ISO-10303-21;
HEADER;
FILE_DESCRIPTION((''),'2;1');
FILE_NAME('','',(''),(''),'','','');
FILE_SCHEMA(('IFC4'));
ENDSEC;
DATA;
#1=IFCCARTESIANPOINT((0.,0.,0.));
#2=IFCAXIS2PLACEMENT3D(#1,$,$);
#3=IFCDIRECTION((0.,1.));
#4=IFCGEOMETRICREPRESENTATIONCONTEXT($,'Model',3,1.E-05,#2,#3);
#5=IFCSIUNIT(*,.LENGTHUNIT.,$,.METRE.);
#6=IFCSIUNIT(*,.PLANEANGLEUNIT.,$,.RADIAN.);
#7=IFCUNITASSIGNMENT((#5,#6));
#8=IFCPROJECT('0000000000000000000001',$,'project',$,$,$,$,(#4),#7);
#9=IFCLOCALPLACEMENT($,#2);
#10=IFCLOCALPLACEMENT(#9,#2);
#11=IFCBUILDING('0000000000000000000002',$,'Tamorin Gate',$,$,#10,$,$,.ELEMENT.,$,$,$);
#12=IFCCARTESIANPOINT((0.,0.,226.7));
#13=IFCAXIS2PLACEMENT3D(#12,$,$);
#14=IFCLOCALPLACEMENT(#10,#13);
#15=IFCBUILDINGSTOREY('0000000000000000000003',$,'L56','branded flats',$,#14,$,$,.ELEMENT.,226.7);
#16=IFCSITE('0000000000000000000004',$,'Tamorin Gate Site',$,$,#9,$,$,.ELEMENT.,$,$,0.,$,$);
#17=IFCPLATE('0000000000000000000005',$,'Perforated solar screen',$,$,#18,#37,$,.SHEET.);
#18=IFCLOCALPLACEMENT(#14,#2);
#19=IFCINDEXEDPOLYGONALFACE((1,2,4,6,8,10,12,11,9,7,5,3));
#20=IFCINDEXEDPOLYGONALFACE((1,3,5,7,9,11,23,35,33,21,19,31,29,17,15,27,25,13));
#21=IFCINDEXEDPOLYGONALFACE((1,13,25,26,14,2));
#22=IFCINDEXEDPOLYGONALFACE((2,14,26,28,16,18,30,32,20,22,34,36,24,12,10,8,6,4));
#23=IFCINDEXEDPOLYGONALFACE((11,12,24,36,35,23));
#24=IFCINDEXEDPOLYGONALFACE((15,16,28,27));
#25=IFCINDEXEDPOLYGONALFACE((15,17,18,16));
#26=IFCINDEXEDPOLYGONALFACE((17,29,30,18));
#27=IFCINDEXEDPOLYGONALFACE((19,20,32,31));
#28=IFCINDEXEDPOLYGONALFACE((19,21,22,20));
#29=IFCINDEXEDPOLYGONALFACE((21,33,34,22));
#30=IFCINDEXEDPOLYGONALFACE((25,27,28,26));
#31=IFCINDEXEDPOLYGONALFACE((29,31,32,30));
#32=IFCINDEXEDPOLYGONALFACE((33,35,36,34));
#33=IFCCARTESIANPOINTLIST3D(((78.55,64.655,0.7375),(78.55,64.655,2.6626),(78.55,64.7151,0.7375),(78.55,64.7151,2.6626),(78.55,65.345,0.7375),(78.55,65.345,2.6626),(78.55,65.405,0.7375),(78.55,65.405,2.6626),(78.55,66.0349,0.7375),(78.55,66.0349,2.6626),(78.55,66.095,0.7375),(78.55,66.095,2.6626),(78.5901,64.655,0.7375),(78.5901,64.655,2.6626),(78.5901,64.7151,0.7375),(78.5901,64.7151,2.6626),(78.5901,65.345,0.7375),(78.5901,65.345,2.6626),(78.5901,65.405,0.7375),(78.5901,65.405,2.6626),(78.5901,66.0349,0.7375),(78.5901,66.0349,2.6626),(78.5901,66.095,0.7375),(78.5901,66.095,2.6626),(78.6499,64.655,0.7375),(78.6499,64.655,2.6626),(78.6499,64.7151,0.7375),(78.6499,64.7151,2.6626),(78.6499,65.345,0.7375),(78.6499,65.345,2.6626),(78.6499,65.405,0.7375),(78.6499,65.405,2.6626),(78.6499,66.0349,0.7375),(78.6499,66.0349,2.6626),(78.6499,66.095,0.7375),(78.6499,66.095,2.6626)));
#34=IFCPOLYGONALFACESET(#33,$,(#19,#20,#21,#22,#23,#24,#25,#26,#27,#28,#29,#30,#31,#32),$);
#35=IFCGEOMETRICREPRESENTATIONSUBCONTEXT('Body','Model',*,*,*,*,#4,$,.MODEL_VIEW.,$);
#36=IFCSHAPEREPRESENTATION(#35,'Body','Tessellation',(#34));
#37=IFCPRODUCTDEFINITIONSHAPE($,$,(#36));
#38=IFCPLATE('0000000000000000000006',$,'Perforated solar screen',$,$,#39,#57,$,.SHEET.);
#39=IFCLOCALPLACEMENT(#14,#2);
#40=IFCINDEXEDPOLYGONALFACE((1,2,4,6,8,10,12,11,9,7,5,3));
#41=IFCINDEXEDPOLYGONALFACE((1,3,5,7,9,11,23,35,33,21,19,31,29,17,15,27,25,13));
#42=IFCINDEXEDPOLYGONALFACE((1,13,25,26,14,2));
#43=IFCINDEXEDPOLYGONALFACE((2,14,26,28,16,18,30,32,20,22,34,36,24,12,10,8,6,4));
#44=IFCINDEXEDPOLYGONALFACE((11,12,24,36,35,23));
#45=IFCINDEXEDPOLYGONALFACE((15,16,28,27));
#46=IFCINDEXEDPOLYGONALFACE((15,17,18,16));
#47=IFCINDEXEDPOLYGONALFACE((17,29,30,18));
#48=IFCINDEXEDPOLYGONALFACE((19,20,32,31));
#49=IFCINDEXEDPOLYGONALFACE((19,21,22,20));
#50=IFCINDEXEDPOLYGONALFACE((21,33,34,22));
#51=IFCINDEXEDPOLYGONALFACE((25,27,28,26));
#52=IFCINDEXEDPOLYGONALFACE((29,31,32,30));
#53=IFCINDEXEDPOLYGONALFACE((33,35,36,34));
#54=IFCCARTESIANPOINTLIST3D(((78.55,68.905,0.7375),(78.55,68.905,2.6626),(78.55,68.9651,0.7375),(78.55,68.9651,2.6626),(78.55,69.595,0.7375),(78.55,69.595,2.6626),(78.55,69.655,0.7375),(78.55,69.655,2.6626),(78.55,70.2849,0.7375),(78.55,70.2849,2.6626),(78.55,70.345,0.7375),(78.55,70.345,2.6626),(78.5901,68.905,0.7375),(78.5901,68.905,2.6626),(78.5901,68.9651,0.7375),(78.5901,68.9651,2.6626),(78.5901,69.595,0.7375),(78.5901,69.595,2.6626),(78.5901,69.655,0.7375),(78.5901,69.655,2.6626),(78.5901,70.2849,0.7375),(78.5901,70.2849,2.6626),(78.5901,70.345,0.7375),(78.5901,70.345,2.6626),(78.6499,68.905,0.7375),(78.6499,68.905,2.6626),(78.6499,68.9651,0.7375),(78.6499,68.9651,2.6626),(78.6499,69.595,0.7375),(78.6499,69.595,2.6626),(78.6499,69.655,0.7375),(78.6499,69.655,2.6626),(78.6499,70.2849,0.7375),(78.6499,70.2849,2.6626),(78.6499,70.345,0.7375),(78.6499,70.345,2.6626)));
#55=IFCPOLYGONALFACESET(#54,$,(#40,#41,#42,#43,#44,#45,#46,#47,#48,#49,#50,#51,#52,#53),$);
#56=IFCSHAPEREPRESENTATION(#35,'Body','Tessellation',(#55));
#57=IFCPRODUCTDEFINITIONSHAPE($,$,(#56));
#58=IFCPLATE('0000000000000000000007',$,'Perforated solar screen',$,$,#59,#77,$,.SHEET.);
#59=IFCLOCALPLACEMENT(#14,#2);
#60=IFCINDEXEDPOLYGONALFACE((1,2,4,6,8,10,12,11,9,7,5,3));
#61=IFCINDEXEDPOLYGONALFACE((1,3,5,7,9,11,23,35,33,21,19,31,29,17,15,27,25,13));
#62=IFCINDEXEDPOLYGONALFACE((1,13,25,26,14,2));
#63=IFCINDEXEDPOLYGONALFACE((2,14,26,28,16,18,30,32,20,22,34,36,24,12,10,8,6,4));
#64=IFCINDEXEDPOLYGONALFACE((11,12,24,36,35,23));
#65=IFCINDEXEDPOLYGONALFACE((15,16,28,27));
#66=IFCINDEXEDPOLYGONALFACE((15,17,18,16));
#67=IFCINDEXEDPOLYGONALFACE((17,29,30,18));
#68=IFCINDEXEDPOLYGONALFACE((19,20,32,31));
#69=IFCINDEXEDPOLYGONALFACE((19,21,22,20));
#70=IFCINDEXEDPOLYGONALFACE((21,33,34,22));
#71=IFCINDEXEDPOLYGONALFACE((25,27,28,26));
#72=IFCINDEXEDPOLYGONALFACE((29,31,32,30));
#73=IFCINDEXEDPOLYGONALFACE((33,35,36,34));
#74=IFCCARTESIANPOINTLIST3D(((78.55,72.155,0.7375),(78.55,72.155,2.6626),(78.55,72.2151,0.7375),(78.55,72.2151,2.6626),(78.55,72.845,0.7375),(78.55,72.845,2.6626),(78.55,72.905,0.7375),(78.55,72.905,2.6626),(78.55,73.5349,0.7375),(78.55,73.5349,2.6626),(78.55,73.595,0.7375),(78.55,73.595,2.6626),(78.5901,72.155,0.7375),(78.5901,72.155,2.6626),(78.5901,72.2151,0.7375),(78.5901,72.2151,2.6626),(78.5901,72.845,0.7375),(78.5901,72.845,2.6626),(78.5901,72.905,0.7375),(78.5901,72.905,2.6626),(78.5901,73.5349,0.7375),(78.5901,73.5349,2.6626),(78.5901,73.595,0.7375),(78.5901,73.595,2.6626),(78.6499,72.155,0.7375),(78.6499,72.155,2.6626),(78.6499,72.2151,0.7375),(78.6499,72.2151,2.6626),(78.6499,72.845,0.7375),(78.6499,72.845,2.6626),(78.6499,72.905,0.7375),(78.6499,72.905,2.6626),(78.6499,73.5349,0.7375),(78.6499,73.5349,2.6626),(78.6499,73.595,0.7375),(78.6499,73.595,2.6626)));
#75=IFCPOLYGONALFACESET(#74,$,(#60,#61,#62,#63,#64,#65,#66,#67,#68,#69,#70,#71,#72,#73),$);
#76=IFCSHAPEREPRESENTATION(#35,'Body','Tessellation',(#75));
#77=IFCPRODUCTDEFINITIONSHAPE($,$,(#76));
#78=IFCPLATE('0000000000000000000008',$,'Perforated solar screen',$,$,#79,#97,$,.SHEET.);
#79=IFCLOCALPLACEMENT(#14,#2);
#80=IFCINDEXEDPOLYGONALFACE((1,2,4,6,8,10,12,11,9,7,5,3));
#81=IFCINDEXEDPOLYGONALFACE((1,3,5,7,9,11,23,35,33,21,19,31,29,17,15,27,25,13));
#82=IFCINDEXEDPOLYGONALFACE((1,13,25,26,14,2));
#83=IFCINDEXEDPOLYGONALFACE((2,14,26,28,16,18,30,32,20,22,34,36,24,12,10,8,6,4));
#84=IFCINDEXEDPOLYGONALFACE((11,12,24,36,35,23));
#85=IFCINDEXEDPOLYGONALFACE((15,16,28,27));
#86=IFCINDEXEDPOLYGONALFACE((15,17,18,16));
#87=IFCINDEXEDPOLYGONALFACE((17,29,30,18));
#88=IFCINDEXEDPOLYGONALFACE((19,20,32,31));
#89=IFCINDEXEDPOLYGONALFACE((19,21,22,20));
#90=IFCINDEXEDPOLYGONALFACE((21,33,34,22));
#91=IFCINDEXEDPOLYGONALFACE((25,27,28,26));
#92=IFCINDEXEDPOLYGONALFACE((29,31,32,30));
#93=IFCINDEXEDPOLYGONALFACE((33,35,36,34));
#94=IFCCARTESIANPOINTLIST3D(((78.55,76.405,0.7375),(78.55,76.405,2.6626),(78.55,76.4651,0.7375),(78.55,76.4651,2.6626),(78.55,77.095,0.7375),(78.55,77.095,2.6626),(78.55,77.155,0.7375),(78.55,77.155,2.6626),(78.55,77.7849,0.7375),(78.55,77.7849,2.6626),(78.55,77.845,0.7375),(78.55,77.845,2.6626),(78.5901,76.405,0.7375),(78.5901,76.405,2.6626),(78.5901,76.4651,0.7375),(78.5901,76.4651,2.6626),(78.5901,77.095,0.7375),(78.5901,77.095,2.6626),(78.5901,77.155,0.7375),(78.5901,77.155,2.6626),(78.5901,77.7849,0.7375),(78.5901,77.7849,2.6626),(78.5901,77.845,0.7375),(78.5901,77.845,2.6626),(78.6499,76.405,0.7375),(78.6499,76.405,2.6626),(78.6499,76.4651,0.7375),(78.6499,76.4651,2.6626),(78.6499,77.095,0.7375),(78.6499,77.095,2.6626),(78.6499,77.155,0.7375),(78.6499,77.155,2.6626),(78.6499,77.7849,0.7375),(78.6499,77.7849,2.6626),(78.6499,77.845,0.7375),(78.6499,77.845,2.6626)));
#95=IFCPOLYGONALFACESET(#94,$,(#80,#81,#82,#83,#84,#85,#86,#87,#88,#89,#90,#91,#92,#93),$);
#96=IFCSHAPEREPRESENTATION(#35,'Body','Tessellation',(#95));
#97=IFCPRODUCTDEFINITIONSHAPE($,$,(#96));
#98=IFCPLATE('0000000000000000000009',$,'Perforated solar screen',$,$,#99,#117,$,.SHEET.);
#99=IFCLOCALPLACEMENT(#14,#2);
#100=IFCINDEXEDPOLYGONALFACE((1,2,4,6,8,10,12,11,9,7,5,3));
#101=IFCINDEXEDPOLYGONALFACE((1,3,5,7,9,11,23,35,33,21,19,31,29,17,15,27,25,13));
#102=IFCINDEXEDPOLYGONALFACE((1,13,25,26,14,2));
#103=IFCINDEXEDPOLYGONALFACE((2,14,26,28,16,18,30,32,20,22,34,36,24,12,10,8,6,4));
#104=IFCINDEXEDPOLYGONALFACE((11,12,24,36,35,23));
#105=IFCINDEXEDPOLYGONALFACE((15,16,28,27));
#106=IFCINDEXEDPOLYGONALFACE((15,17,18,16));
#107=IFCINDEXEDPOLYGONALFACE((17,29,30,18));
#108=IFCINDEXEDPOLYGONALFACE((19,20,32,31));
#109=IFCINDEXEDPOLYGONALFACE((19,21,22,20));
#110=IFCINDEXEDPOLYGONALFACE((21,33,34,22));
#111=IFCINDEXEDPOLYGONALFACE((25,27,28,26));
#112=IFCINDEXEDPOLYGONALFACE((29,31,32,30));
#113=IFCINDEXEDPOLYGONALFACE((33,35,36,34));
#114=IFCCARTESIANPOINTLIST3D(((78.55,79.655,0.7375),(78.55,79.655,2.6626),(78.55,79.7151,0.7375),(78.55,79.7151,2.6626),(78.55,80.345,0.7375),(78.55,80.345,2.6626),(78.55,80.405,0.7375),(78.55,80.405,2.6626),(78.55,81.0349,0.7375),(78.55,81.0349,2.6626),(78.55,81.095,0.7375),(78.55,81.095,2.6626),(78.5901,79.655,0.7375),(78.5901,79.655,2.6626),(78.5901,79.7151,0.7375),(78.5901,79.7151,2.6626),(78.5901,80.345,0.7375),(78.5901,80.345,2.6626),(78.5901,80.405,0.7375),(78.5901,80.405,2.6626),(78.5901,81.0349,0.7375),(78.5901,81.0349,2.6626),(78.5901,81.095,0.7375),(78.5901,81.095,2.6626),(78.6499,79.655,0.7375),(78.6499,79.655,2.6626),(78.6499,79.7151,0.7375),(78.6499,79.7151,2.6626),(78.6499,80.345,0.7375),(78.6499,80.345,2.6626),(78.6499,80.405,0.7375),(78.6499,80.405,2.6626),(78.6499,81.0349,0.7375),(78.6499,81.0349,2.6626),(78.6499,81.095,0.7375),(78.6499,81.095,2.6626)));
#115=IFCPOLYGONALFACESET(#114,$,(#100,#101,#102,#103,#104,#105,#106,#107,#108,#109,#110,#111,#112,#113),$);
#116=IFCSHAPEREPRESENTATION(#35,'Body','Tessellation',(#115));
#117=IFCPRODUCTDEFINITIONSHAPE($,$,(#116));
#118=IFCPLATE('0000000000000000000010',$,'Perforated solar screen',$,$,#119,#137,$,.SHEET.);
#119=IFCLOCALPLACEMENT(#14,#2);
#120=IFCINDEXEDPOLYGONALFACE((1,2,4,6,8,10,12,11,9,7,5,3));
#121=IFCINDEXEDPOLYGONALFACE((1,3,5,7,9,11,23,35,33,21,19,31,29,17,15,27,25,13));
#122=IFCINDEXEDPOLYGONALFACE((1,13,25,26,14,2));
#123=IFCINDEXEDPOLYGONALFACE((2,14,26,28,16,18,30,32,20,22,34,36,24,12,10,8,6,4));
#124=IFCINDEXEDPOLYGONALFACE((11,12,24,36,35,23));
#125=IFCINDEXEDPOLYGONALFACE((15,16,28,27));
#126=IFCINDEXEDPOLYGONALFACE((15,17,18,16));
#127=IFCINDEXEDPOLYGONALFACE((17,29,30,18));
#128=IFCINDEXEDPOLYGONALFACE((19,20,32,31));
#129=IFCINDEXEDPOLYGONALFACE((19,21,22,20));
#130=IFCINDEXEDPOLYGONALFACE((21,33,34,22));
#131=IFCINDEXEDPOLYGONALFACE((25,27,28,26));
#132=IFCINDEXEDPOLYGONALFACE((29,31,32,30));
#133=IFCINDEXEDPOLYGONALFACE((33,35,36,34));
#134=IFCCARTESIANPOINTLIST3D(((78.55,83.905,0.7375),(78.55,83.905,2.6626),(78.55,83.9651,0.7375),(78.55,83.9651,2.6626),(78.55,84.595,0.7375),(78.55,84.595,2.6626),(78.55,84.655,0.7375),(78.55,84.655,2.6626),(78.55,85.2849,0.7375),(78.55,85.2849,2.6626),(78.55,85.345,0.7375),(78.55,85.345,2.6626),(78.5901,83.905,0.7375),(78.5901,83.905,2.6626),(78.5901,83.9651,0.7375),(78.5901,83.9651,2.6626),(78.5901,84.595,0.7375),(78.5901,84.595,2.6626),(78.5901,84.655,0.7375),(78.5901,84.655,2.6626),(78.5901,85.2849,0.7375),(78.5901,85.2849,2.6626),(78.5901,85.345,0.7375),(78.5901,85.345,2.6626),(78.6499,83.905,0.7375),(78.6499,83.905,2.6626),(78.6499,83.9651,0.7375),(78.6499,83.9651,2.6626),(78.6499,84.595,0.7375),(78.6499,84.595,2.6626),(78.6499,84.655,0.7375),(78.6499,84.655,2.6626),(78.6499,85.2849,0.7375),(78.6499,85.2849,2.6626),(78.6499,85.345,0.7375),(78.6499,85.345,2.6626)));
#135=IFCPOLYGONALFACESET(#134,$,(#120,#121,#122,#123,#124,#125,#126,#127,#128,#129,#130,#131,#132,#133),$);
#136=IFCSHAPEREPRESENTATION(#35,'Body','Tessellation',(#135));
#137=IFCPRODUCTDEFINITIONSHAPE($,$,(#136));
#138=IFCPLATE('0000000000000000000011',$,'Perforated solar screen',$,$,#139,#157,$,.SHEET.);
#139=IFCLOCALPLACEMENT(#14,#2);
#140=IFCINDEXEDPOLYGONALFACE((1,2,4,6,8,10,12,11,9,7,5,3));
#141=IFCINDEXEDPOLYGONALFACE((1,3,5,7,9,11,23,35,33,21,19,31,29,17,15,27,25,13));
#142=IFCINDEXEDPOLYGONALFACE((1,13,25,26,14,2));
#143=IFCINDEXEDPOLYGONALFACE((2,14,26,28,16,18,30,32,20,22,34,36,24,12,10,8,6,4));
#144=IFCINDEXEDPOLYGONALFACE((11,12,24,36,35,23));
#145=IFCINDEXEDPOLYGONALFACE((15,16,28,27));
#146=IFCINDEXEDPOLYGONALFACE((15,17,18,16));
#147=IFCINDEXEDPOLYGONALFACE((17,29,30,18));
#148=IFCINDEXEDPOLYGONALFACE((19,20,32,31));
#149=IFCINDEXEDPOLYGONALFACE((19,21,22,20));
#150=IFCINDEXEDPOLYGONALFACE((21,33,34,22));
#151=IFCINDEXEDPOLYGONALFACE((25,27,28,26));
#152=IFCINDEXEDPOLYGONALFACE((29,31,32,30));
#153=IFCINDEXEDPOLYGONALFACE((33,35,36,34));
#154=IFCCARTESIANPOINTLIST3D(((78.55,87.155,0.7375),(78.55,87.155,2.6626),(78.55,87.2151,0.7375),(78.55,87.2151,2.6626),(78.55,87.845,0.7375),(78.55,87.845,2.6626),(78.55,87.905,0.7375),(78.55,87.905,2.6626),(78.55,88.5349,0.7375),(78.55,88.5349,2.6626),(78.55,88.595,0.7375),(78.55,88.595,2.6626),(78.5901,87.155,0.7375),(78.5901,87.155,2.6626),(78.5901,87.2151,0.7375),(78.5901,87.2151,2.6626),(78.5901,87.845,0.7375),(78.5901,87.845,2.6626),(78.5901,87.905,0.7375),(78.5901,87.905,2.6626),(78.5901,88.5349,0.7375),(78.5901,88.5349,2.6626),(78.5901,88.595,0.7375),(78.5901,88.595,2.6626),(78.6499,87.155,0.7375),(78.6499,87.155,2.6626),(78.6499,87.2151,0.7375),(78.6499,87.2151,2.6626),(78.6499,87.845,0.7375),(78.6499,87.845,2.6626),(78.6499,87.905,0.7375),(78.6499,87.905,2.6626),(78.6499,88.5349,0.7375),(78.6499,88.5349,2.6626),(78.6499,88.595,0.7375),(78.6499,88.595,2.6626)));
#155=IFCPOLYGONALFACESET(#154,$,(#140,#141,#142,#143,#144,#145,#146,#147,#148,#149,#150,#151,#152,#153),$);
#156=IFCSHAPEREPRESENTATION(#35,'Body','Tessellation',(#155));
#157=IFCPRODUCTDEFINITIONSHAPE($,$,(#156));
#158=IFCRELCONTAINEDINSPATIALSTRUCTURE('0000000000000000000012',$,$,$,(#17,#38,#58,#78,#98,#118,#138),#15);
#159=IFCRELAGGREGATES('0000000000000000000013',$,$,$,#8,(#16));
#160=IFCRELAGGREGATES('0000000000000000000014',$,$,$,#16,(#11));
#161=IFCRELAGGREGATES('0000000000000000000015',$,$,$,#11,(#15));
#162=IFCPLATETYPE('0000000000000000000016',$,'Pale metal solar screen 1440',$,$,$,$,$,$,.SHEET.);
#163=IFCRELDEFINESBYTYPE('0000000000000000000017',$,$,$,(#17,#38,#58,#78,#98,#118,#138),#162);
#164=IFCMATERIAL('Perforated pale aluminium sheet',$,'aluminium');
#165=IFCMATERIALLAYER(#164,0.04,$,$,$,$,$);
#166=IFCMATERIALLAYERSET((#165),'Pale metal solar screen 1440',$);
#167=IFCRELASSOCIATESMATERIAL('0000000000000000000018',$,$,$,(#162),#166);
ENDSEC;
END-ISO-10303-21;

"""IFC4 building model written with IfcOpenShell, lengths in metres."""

from ifc_helpers import new_model, si_unit, direction, frame, origin, place, context, subcontext, project, spatial, polyline, outline, extrude, material, layer, layer_set, type_object, element, save


model = new_model("IFC4")

# Units and contexts
model_context = context("Model", 3, precision=1e-05, world=origin(), true_north=direction((0.0, 1.0)))
body_context = subcontext(model_context, "Body", "Model", "MODEL_VIEW")
ifc_project = project(units=[si_unit("LENGTHUNIT", "METRE"), si_unit("PLANEANGLEUNIT", "RADIAN")], contexts=[model_context])

# Site, building, storey
site_placement = place(None, origin())
site = spatial("IfcSite", under=ifc_project, at=site_placement, Name="Tamorin Gate Site", CompositionType="ELEMENT", RefElevation=0.0)
building_placement = place(site_placement, origin())
building = spatial("IfcBuilding", under=site, at=building_placement, Name="Tamorin Gate", CompositionType="ELEMENT")
storey_placement = place(building_placement, frame((0.0, 0.0, 226.7)))
storey = spatial("IfcBuildingStorey", under=building, at=storey_placement, Name="L56", Description="branded flats", CompositionType="ELEMENT", Elevation=226.7)

# Plates
ifc_material_1 = material(Name="Perforated pale aluminium sheet", Category="aluminium")
ifc_layer_1 = layer(ifc_material_1, 0.04)
ifc_layer_set_1 = layer_set([ifc_layer_1], Name="Pale metal solar screen 1440")
plate_type = type_object("IfcPlateType", Name="Pale metal solar screen 1440", PredefinedType="SHEET", material=ifc_layer_set_1)
plate_1_placement = place(storey_placement, frame((0.0, 0.0, 0.7375)))
element("IfcPlate", 1, at=plate_1_placement, inside=storey, type_object=plate_type, Name="Perforated solar screen", PredefinedType="SHEET", context=body_context, shape_type="SweptSolid", body=[
    extrude(outline(polyline([(78.5901, 64.655), (78.55, 64.655), (78.55, 64.7151), (78.55, 65.345), (78.55, 65.405), (78.55, 66.0349), (78.55, 66.095), (78.5901, 66.095), (78.6499, 66.095), (78.6499, 66.0349), (78.5901, 66.0349), (78.5901, 65.405), (78.6499, 65.405), (78.6499, 65.345), (78.5901, 65.345), (78.5901, 64.7151), (78.6499, 64.7151), (78.6499, 64.655), (78.5901, 64.655)])), origin(), (0.0, 0.0, 1.0), 1.925),
])
plate_2_placement = place(storey_placement, frame((0.0, 0.0, 0.7375)))
element("IfcPlate", 2, at=plate_2_placement, inside=storey, type_object=plate_type, Name="Perforated solar screen", PredefinedType="SHEET", context=body_context, shape_type="SweptSolid", body=[
    extrude(outline(polyline([(78.5901, 68.905), (78.55, 68.905), (78.55, 68.9651), (78.55, 69.595), (78.55, 69.655), (78.55, 70.2849), (78.55, 70.345), (78.5901, 70.345), (78.6499, 70.345), (78.6499, 70.2849), (78.5901, 70.2849), (78.5901, 69.655), (78.6499, 69.655), (78.6499, 69.595), (78.5901, 69.595), (78.5901, 68.9651), (78.6499, 68.9651), (78.6499, 68.905), (78.5901, 68.905)])), origin(), (0.0, 0.0, 1.0), 1.925),
])
plate_3_placement = place(storey_placement, frame((0.0, 0.0, 0.7375)))
element("IfcPlate", 3, at=plate_3_placement, inside=storey, type_object=plate_type, Name="Perforated solar screen", PredefinedType="SHEET", context=body_context, shape_type="SweptSolid", body=[
    extrude(outline(polyline([(78.5901, 72.155), (78.55, 72.155), (78.55, 72.2151), (78.55, 72.845), (78.55, 72.905), (78.55, 73.5349), (78.55, 73.595), (78.5901, 73.595), (78.6499, 73.595), (78.6499, 73.5349), (78.5901, 73.5349), (78.5901, 72.905), (78.6499, 72.905), (78.6499, 72.845), (78.5901, 72.845), (78.5901, 72.2151), (78.6499, 72.2151), (78.6499, 72.155), (78.5901, 72.155)])), origin(), (0.0, 0.0, 1.0), 1.925),
])
plate_4_placement = place(storey_placement, frame((0.0, 0.0, 0.7375)))
element("IfcPlate", 4, at=plate_4_placement, inside=storey, type_object=plate_type, Name="Perforated solar screen", PredefinedType="SHEET", context=body_context, shape_type="SweptSolid", body=[
    extrude(outline(polyline([(78.5901, 76.405), (78.55, 76.405), (78.55, 76.4651), (78.55, 77.095), (78.55, 77.155), (78.55, 77.7849), (78.55, 77.845), (78.5901, 77.845), (78.6499, 77.845), (78.6499, 77.7849), (78.5901, 77.7849), (78.5901, 77.155), (78.6499, 77.155), (78.6499, 77.095), (78.5901, 77.095), (78.5901, 76.4651), (78.6499, 76.4651), (78.6499, 76.405), (78.5901, 76.405)])), origin(), (0.0, 0.0, 1.0), 1.925),
])
plate_5_placement = place(storey_placement, frame((0.0, 0.0, 0.7375)))
element("IfcPlate", 5, at=plate_5_placement, inside=storey, type_object=plate_type, Name="Perforated solar screen", PredefinedType="SHEET", context=body_context, shape_type="SweptSolid", body=[
    extrude(outline(polyline([(78.5901, 79.655), (78.55, 79.655), (78.55, 79.7151), (78.55, 80.345), (78.55, 80.405), (78.55, 81.0349), (78.55, 81.095), (78.5901, 81.095), (78.6499, 81.095), (78.6499, 81.0349), (78.5901, 81.0349), (78.5901, 80.405), (78.6499, 80.405), (78.6499, 80.345), (78.5901, 80.345), (78.5901, 79.7151), (78.6499, 79.7151), (78.6499, 79.655), (78.5901, 79.655)])), origin(), (0.0, 0.0, 1.0), 1.925),
])
plate_6_placement = place(storey_placement, frame((0.0, 0.0, 0.7375)))
element("IfcPlate", 6, at=plate_6_placement, inside=storey, type_object=plate_type, Name="Perforated solar screen", PredefinedType="SHEET", context=body_context, shape_type="SweptSolid", body=[
    extrude(outline(polyline([(78.5901, 83.905), (78.55, 83.905), (78.55, 83.9651), (78.55, 84.595), (78.55, 84.655), (78.55, 85.2849), (78.55, 85.345), (78.5901, 85.345), (78.6499, 85.345), (78.6499, 85.2849), (78.5901, 85.2849), (78.5901, 84.655), (78.6499, 84.655), (78.6499, 84.595), (78.5901, 84.595), (78.5901, 83.9651), (78.6499, 83.9651), (78.6499, 83.905), (78.5901, 83.905)])), origin(), (0.0, 0.0, 1.0), 1.925),
])
plate_7_placement = place(storey_placement, frame((0.0, 0.0, 0.7375)))
element("IfcPlate", 7, at=plate_7_placement, inside=storey, type_object=plate_type, Name="Perforated solar screen", PredefinedType="SHEET", context=body_context, shape_type="SweptSolid", body=[
    extrude(outline(polyline([(78.5901, 87.155), (78.55, 87.155), (78.55, 87.2151), (78.55, 87.845), (78.55, 87.905), (78.55, 88.5349), (78.55, 88.595), (78.5901, 88.595), (78.6499, 88.595), (78.6499, 88.5349), (78.5901, 88.5349), (78.5901, 87.905), (78.6499, 87.905), (78.6499, 87.845), (78.5901, 87.845), (78.5901, 87.2151), (78.6499, 87.2151), (78.6499, 87.155), (78.5901, 87.155)])), origin(), (0.0, 0.0, 1.0), 1.925),
])

save(model, "model.ifc")
